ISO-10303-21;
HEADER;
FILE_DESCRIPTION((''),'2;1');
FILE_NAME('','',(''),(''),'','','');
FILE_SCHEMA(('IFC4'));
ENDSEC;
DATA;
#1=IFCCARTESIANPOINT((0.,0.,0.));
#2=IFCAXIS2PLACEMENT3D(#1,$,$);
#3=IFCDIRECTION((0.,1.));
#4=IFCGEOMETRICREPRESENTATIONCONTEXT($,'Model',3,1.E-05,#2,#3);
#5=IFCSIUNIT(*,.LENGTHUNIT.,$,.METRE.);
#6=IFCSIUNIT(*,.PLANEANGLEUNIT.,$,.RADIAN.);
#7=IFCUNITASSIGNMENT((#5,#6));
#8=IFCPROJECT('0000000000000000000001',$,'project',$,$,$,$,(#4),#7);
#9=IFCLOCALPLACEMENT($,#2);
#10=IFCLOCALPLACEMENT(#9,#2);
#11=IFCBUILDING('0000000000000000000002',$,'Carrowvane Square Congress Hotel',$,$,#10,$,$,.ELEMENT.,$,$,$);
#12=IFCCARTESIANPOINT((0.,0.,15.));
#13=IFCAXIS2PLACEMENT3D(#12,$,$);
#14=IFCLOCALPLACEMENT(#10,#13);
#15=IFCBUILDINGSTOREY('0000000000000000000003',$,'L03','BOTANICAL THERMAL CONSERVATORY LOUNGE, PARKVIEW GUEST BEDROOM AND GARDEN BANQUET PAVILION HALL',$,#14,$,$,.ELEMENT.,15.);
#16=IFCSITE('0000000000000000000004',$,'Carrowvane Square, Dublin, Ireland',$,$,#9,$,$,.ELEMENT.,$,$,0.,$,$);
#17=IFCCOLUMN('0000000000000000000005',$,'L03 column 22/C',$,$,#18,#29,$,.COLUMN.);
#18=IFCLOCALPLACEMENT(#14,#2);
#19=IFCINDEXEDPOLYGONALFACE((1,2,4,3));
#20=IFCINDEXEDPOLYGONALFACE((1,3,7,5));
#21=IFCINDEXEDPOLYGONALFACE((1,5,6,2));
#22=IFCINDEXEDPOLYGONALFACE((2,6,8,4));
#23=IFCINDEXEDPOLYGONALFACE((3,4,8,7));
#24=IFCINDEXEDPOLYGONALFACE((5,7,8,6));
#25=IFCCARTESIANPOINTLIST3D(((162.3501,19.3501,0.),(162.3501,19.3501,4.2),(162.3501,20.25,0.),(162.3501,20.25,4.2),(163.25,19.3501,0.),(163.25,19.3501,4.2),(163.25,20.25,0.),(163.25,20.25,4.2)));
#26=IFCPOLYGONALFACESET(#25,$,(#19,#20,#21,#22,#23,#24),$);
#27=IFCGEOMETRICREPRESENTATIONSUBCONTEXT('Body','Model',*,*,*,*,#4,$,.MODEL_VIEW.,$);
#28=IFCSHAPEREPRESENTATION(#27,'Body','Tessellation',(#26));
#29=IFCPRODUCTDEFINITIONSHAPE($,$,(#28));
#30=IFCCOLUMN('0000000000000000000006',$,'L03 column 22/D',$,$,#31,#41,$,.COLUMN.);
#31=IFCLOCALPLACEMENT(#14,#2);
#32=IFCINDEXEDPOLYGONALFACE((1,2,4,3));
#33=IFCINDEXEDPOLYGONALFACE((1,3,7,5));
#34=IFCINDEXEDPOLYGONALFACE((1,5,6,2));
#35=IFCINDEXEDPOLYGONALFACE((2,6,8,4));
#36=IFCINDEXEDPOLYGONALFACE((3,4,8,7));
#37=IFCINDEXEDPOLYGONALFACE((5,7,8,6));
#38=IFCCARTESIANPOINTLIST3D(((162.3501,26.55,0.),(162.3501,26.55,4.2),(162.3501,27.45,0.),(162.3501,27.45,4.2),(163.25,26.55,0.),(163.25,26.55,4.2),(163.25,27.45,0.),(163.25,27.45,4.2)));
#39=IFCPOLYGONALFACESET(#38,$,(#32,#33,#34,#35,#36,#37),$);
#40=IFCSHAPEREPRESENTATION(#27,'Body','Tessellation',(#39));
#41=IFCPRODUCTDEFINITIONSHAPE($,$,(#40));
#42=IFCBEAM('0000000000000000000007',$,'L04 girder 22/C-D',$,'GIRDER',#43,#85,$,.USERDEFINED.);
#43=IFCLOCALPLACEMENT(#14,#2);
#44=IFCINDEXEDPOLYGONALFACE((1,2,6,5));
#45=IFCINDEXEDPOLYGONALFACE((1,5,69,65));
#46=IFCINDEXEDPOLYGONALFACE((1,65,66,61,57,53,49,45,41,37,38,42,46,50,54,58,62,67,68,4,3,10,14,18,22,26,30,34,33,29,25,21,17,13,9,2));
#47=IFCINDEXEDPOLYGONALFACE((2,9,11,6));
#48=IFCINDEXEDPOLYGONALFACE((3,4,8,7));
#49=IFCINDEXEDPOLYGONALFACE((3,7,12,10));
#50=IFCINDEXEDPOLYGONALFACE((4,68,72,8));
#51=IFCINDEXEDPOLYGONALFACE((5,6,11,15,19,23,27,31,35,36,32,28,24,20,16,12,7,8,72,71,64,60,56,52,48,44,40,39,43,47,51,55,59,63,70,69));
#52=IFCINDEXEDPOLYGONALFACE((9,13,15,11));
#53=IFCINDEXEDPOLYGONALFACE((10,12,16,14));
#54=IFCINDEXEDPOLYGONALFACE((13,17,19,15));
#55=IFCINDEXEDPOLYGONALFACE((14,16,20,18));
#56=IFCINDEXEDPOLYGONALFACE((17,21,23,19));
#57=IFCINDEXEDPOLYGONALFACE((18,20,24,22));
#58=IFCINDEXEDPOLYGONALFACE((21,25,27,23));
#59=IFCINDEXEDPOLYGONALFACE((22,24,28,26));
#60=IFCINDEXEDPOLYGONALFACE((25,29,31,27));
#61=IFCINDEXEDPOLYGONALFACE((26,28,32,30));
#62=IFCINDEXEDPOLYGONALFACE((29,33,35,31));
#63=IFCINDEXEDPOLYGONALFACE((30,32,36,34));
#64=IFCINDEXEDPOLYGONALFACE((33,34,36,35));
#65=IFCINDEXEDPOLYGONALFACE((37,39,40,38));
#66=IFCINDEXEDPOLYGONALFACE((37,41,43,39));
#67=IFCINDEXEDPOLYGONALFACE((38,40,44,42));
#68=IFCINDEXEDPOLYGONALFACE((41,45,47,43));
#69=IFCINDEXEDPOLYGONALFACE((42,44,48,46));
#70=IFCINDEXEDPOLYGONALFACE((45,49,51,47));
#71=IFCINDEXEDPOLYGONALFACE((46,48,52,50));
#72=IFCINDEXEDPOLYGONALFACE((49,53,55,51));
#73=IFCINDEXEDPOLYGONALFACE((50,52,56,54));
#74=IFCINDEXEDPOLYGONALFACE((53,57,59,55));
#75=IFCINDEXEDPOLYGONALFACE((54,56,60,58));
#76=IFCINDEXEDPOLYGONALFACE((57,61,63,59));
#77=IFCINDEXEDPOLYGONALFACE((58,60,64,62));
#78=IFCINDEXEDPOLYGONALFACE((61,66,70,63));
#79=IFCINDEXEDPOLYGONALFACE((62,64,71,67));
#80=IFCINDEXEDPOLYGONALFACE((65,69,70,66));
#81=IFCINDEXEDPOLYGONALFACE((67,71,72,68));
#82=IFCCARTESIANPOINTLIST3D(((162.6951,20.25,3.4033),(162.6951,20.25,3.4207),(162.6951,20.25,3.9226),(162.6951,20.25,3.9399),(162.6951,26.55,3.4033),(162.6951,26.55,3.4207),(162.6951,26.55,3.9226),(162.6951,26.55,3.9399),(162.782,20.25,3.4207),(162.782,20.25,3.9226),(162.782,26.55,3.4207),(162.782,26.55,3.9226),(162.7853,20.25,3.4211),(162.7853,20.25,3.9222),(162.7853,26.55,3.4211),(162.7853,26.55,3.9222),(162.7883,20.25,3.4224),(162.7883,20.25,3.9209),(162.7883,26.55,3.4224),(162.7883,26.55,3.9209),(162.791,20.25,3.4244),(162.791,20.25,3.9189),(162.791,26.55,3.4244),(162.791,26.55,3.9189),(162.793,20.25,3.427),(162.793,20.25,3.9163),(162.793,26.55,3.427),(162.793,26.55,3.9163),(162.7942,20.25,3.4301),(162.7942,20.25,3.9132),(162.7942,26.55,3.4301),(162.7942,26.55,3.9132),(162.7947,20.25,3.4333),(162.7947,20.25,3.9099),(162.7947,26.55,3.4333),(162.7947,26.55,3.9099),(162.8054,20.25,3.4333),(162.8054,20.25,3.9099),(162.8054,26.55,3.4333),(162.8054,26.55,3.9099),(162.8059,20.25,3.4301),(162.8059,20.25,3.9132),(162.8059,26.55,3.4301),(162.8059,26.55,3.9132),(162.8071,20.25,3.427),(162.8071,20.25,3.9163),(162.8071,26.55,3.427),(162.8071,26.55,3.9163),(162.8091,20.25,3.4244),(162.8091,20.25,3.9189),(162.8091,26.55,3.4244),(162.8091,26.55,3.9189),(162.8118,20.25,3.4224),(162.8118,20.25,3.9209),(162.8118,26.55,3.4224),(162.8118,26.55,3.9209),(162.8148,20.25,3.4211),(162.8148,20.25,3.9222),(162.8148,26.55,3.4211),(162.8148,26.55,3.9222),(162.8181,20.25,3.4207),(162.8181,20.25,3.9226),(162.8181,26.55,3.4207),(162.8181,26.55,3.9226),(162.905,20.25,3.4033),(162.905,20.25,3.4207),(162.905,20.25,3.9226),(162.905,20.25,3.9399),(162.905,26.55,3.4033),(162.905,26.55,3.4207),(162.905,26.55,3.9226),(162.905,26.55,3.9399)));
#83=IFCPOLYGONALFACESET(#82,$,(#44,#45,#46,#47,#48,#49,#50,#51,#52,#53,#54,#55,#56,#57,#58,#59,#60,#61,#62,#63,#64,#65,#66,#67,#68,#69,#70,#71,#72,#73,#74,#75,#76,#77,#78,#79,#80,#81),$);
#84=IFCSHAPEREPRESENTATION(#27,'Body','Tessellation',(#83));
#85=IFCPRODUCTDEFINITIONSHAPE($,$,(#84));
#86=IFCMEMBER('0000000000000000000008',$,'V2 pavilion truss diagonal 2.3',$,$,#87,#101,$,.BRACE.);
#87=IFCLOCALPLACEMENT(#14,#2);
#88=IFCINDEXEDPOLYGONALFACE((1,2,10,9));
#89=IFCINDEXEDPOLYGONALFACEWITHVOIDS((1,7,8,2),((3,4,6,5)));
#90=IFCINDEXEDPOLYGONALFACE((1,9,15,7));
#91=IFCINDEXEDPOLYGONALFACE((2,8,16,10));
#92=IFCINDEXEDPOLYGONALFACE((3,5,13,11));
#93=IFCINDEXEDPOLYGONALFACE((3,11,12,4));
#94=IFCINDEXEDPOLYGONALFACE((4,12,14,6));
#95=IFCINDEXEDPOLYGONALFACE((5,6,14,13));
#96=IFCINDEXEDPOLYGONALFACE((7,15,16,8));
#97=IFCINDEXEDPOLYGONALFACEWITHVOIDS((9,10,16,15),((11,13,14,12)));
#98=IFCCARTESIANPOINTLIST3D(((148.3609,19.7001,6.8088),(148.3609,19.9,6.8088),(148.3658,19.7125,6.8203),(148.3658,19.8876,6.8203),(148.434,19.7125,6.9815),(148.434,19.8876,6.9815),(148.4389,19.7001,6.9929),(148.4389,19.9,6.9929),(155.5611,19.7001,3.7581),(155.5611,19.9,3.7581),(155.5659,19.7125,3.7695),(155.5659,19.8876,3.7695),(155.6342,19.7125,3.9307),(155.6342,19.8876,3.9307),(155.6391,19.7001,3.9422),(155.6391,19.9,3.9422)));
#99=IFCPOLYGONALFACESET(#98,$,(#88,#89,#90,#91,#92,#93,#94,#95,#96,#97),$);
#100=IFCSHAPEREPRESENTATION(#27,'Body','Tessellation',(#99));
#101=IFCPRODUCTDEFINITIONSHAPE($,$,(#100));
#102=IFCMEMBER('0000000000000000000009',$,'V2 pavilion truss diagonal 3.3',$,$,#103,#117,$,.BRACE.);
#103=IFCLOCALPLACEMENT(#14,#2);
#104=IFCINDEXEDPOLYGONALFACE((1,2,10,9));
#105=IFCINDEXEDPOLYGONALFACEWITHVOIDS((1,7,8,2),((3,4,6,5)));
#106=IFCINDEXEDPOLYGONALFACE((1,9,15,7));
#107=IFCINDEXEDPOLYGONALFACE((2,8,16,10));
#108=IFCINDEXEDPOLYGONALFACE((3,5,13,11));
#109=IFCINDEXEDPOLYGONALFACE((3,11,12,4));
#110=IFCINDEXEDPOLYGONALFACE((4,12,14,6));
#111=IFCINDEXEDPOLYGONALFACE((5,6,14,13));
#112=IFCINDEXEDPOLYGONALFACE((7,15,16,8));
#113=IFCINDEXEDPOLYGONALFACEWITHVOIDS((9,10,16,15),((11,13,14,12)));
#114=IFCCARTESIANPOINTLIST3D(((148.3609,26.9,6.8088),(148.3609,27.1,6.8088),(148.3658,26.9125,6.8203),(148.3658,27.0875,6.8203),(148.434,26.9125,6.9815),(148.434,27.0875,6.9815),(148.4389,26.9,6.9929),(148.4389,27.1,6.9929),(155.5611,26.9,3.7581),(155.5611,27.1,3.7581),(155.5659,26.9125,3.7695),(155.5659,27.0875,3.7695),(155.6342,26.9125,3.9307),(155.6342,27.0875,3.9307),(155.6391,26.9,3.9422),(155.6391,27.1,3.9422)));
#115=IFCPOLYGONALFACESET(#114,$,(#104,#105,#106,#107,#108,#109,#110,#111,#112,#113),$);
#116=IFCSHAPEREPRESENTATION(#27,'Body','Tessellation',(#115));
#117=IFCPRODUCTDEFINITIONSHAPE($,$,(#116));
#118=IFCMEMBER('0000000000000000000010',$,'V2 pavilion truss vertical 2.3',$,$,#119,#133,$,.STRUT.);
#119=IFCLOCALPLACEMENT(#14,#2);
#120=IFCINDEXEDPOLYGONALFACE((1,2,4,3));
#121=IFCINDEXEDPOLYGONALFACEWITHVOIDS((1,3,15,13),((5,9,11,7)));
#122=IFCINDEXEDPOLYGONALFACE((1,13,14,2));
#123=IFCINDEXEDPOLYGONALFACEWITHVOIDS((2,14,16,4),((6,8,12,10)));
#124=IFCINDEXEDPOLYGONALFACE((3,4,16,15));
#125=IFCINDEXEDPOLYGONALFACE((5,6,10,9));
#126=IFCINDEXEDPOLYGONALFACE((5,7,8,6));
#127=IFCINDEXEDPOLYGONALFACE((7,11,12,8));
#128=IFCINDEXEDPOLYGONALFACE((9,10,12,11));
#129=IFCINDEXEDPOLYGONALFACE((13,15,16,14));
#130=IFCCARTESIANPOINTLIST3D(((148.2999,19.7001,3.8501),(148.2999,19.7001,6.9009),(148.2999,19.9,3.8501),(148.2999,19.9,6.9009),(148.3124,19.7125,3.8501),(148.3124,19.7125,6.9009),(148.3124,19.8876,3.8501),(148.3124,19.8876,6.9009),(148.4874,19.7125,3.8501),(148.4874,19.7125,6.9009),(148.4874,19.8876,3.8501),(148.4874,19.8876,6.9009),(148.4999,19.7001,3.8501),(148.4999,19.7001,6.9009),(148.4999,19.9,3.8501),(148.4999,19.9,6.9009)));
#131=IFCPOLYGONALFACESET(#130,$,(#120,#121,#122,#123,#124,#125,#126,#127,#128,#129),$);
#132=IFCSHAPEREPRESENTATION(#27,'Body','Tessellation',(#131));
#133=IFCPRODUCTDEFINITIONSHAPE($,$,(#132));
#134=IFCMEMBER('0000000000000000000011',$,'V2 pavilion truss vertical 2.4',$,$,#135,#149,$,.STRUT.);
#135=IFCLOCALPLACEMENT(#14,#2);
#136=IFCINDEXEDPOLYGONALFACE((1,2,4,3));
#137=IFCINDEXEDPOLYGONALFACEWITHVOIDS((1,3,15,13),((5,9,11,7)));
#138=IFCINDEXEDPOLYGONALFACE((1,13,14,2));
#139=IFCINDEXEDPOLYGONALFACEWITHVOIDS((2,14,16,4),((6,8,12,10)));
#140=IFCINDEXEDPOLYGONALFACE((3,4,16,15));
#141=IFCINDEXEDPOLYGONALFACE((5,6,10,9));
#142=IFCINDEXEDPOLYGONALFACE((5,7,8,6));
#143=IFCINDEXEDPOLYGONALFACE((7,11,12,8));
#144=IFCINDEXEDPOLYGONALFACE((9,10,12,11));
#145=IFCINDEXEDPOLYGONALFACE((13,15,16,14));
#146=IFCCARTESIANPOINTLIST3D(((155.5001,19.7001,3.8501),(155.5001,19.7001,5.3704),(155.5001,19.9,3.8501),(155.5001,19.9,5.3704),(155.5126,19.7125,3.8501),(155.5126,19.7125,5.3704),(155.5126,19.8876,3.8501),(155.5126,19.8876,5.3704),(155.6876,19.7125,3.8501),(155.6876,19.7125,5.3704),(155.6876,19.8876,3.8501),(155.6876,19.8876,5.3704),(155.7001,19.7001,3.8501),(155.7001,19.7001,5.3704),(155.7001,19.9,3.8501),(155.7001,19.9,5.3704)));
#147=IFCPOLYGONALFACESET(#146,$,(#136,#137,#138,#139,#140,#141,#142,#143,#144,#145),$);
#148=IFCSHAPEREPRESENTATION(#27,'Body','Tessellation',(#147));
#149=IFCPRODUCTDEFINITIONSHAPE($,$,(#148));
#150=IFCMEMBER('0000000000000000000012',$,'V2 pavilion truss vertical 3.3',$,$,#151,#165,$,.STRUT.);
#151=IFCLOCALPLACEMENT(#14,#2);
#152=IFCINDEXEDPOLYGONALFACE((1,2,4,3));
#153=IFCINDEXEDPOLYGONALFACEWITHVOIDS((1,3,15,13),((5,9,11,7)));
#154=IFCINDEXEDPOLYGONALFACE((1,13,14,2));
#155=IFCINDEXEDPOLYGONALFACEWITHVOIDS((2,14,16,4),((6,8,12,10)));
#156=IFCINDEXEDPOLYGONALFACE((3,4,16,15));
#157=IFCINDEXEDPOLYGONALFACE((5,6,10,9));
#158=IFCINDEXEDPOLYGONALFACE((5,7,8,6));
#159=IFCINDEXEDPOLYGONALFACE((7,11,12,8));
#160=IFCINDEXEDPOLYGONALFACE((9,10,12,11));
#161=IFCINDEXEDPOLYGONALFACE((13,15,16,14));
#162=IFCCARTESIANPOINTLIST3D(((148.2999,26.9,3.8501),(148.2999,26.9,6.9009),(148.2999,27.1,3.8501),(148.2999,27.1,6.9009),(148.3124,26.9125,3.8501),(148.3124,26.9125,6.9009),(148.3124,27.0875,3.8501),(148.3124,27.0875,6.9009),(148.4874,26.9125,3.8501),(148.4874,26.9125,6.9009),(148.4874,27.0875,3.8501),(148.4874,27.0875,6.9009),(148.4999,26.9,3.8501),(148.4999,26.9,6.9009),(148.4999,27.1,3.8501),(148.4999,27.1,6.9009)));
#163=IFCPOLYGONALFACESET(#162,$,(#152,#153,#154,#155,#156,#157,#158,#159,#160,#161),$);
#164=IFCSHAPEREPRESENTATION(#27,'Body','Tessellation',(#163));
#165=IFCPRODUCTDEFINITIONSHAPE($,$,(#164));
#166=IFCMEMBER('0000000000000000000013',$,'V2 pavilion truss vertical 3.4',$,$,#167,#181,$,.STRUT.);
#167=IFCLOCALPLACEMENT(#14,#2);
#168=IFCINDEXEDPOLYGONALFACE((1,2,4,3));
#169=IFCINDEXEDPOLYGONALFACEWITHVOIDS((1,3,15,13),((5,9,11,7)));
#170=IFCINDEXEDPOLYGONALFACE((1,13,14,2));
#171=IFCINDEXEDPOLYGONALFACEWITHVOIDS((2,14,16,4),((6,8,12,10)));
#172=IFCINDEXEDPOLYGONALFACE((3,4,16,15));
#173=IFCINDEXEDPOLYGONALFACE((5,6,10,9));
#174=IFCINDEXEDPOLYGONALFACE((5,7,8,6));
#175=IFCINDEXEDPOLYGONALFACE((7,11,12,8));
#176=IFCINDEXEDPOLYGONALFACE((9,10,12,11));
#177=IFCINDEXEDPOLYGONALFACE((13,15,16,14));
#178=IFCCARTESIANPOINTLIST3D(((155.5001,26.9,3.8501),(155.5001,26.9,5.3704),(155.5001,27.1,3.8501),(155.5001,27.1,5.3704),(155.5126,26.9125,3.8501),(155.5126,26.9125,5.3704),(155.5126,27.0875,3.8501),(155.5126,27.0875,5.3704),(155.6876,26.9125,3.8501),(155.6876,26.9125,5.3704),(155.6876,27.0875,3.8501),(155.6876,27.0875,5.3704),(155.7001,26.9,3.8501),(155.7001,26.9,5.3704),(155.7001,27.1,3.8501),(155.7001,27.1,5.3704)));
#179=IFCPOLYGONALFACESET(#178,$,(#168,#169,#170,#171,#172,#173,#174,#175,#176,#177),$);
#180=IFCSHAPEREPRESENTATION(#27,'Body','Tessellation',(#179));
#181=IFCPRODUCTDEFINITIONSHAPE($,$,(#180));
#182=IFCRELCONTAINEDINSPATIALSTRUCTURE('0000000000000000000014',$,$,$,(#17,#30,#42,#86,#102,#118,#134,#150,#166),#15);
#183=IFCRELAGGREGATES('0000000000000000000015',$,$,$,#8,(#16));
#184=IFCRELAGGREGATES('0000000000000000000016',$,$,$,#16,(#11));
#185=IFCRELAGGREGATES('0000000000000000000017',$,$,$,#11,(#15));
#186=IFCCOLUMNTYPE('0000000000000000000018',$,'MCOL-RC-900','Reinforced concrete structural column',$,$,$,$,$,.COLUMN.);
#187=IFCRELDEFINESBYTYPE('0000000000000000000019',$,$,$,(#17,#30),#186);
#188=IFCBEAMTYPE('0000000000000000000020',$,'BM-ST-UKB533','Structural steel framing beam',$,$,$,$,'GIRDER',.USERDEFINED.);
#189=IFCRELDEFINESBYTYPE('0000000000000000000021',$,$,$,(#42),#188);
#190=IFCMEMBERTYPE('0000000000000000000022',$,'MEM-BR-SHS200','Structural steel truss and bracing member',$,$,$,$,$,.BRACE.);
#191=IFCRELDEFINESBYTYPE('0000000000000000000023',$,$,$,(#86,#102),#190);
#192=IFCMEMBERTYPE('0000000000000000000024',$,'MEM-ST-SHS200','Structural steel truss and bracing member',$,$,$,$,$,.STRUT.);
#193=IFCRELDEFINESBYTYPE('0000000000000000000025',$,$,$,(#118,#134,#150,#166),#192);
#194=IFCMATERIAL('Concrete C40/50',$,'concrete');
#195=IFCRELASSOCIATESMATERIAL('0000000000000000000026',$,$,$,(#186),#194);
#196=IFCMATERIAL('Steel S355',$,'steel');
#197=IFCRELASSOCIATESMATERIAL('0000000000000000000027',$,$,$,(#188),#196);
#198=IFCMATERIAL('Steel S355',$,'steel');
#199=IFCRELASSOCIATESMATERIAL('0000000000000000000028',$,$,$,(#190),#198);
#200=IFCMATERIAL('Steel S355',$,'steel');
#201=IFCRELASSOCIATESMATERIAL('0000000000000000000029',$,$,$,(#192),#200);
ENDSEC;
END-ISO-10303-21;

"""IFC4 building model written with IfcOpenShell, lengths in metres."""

from ifc_helpers import new_model, si_unit, direction, frame, origin, origin_2d, place, context, subcontext, project, spatial, rectangle, hollow_rectangle, i_section, extrude, material, material_profile, profile_set, type_object, element, save


model = new_model("IFC4")

# Units and contexts
model_context = context("Model", 3, precision=1e-05, world=origin(), true_north=direction((0.0, 1.0)))
body_context = subcontext(model_context, "Body", "Model", "MODEL_VIEW")
ifc_project = project(units=[si_unit("LENGTHUNIT", "METRE"), si_unit("PLANEANGLEUNIT", "RADIAN")], contexts=[model_context])

# Site, building, storey
site_placement = place(None, origin())
site = spatial("IfcSite", under=ifc_project, at=site_placement, Name="Carrowvane Square, Dublin, Ireland", CompositionType="ELEMENT", RefElevation=0.0)
building_placement = place(site_placement, origin())
building = spatial("IfcBuilding", under=site, at=building_placement, Name="Carrowvane Square Congress Hotel", CompositionType="ELEMENT")
storey_placement = place(building_placement, frame((0.0, 0.0, 15.0)))
storey = spatial("IfcBuildingStorey", under=building, at=storey_placement, Name="L03", Description="BOTANICAL THERMAL CONSERVATORY LOUNGE, PARKVIEW GUEST BEDROOM AND GARDEN BANQUET PAVILION HALL", CompositionType="ELEMENT", Elevation=15.0)

# Columns
ifc_material_1 = material(Name="Concrete C40/50", Category="concrete")
ifc_material_profile_1 = material_profile(ifc_material_1, rectangle(XDim=0.8999, YDim=0.8999, at=origin_2d()), Name="RC 900x900")
ifc_profile_set_1 = profile_set([ifc_material_profile_1], Name="Concrete C40/50")
column_type = type_object("IfcColumnType", Name="MCOL-RC-900", Description="Reinforced concrete structural column", PredefinedType="COLUMN", material=ifc_profile_set_1)
for number, where, z_axis, x_axis, name in (
    (1, (162.8, 19.8, 0.0), (0.0, 0.0, 1.0), (1.0, 0.0, 0.0), "L03 column 22/C"),
    (2, (162.8, 27.0, 0.0), (0.0, 0.0, 1.0), (1.0, 0.0, 0.0), "L03 column 22/D"),
):
    element("IfcColumn", number, at=place(storey_placement, frame(where, z_axis=z_axis, x_axis=x_axis)), inside=storey, type_object=column_type, Name=name, PredefinedType="COLUMN", context=body_context, shape_type="SweptSolid", body=[
        extrude(rectangle(XDim=0.8999, YDim=0.8999, at=origin_2d()), origin(), (0.0, 0.0, 1.0), 4.2),
    ])

# Beam
ifc_material_2 = material(Name="Steel S355", Category="steel")
ifc_material_profile_2 = material_profile(ifc_material_2, i_section(OverallWidth=0.21, OverallDepth=0.5366, WebThickness=0.0107, FlangeThickness=0.0173, FilletRadius=0.0127, at=origin_2d()), Name="UKB 533x210x101")
ifc_profile_set_2 = profile_set([ifc_material_profile_2], Name="Steel S355")
beam_type = type_object("IfcBeamType", Name="BM-ST-UKB533", Description="Structural steel framing beam", ElementType="GIRDER", PredefinedType="USERDEFINED", material=ifc_profile_set_2)
beam_placement = place(storey_placement, frame((162.8, 20.25, 3.6716), z_axis=(0.0, 1.0, 0.0), x_axis=(-1.0, 0.0, 0.0)))
element("IfcBeam", 3, at=beam_placement, inside=storey, type_object=beam_type, Name="L04 girder 22/C-D", ObjectType="GIRDER", PredefinedType="USERDEFINED", context=body_context, shape_type="SweptSolid", body=[
    extrude(i_section(OverallWidth=0.21, OverallDepth=0.5366, WebThickness=0.0107, FlangeThickness=0.0173, FilletRadius=0.0127, at=origin_2d()), origin(), (0.0, 0.0, 1.0), 6.3),
])

# Members
ifc_material_3 = material(Name="Steel S355", Category="steel")
ifc_material_profile_3 = material_profile(ifc_material_3, hollow_rectangle(XDim=0.2, YDim=0.2, WallThickness=0.0125, at=origin_2d()), Name="SHS 200x200x12.5")
ifc_profile_set_3 = profile_set([ifc_material_profile_3], Name="Steel S355")
member_type_1 = type_object("IfcMemberType", Name="MEM-BR-SHS200", Description="Structural steel truss and bracing member", PredefinedType="BRACE", material=ifc_profile_set_3)
for number, where, z_axis, x_axis, name in (
    (4, (148.3999, 19.8, 6.9009), (0.920759, 0.0, -0.390133), (0.0, 1.0, 0.0), "V2 pavilion truss diagonal 2.3"),
    (5, (148.3999, 27.0, 6.9009), (0.920759, 0.0, -0.390133), (0.0, 1.0, 0.0), "V2 pavilion truss diagonal 3.3"),
):
    element("IfcMember", number, at=place(storey_placement, frame(where, z_axis=z_axis, x_axis=x_axis)), inside=storey, type_object=member_type_1, Name=name, PredefinedType="BRACE", context=body_context, shape_type="SweptSolid", body=[
        extrude(hollow_rectangle(XDim=0.2, YDim=0.2, WallThickness=0.0125, at=origin_2d()), origin(), (0.0, 0.0, 1.0), 7.8198),
    ])
ifc_material_4 = material(Name="Steel S355", Category="steel")
ifc_material_profile_4 = material_profile(ifc_material_4, hollow_rectangle(XDim=0.2, YDim=0.2, WallThickness=0.0125, at=origin_2d()), Name="SHS 200x200x12.5")
ifc_profile_set_4 = profile_set([ifc_material_profile_4], Name="Steel S355")
member_type_2 = type_object("IfcMemberType", Name="MEM-ST-SHS200", Description="Structural steel truss and bracing member", PredefinedType="STRUT", material=ifc_profile_set_4)
member_1_placement = place(storey_placement, frame((148.3999, 19.8, 3.8501), z_axis=(0.0, 0.0, 1.0), x_axis=(1.0, 0.0, 0.0)))
element("IfcMember", 6, at=member_1_placement, inside=storey, type_object=member_type_2, Name="V2 pavilion truss vertical 2.3", PredefinedType="STRUT", context=body_context, shape_type="SweptSolid", body=[
    extrude(hollow_rectangle(XDim=0.2, YDim=0.2, WallThickness=0.0125, at=origin_2d()), origin(), (0.0, 0.0, 1.0), 3.0508),
])
member_2_placement = place(storey_placement, frame((155.6001, 19.8, 3.8501), z_axis=(0.0, 0.0, 1.0), x_axis=(1.0, 0.0, 0.0)))
element("IfcMember", 7, at=member_2_placement, inside=storey, type_object=member_type_2, Name="V2 pavilion truss vertical 2.4", PredefinedType="STRUT", context=body_context, shape_type="SweptSolid", body=[
    extrude(hollow_rectangle(XDim=0.2, YDim=0.2, WallThickness=0.0125, at=origin_2d()), origin(), (0.0, 0.0, 1.0), 1.5203),
])
member_3_placement = place(storey_placement, frame((148.3999, 27.0, 3.8501), z_axis=(0.0, 0.0, 1.0), x_axis=(1.0, 0.0, 0.0)))
element("IfcMember", 8, at=member_3_placement, inside=storey, type_object=member_type_2, Name="V2 pavilion truss vertical 3.3", PredefinedType="STRUT", context=body_context, shape_type="SweptSolid", body=[
    extrude(hollow_rectangle(XDim=0.2, YDim=0.2, WallThickness=0.0125, at=origin_2d()), origin(), (0.0, 0.0, 1.0), 3.0508),
])
member_4_placement = place(storey_placement, frame((155.6001, 27.0, 3.8501), z_axis=(0.0, 0.0, 1.0), x_axis=(1.0, 0.0, 0.0)))
element("IfcMember", 9, at=member_4_placement, inside=storey, type_object=member_type_2, Name="V2 pavilion truss vertical 3.4", PredefinedType="STRUT", context=body_context, shape_type="SweptSolid", body=[
    extrude(hollow_rectangle(XDim=0.2, YDim=0.2, WallThickness=0.0125, at=origin_2d()), origin(), (0.0, 0.0, 1.0), 1.5203),
])

save(model, "model.ifc")
